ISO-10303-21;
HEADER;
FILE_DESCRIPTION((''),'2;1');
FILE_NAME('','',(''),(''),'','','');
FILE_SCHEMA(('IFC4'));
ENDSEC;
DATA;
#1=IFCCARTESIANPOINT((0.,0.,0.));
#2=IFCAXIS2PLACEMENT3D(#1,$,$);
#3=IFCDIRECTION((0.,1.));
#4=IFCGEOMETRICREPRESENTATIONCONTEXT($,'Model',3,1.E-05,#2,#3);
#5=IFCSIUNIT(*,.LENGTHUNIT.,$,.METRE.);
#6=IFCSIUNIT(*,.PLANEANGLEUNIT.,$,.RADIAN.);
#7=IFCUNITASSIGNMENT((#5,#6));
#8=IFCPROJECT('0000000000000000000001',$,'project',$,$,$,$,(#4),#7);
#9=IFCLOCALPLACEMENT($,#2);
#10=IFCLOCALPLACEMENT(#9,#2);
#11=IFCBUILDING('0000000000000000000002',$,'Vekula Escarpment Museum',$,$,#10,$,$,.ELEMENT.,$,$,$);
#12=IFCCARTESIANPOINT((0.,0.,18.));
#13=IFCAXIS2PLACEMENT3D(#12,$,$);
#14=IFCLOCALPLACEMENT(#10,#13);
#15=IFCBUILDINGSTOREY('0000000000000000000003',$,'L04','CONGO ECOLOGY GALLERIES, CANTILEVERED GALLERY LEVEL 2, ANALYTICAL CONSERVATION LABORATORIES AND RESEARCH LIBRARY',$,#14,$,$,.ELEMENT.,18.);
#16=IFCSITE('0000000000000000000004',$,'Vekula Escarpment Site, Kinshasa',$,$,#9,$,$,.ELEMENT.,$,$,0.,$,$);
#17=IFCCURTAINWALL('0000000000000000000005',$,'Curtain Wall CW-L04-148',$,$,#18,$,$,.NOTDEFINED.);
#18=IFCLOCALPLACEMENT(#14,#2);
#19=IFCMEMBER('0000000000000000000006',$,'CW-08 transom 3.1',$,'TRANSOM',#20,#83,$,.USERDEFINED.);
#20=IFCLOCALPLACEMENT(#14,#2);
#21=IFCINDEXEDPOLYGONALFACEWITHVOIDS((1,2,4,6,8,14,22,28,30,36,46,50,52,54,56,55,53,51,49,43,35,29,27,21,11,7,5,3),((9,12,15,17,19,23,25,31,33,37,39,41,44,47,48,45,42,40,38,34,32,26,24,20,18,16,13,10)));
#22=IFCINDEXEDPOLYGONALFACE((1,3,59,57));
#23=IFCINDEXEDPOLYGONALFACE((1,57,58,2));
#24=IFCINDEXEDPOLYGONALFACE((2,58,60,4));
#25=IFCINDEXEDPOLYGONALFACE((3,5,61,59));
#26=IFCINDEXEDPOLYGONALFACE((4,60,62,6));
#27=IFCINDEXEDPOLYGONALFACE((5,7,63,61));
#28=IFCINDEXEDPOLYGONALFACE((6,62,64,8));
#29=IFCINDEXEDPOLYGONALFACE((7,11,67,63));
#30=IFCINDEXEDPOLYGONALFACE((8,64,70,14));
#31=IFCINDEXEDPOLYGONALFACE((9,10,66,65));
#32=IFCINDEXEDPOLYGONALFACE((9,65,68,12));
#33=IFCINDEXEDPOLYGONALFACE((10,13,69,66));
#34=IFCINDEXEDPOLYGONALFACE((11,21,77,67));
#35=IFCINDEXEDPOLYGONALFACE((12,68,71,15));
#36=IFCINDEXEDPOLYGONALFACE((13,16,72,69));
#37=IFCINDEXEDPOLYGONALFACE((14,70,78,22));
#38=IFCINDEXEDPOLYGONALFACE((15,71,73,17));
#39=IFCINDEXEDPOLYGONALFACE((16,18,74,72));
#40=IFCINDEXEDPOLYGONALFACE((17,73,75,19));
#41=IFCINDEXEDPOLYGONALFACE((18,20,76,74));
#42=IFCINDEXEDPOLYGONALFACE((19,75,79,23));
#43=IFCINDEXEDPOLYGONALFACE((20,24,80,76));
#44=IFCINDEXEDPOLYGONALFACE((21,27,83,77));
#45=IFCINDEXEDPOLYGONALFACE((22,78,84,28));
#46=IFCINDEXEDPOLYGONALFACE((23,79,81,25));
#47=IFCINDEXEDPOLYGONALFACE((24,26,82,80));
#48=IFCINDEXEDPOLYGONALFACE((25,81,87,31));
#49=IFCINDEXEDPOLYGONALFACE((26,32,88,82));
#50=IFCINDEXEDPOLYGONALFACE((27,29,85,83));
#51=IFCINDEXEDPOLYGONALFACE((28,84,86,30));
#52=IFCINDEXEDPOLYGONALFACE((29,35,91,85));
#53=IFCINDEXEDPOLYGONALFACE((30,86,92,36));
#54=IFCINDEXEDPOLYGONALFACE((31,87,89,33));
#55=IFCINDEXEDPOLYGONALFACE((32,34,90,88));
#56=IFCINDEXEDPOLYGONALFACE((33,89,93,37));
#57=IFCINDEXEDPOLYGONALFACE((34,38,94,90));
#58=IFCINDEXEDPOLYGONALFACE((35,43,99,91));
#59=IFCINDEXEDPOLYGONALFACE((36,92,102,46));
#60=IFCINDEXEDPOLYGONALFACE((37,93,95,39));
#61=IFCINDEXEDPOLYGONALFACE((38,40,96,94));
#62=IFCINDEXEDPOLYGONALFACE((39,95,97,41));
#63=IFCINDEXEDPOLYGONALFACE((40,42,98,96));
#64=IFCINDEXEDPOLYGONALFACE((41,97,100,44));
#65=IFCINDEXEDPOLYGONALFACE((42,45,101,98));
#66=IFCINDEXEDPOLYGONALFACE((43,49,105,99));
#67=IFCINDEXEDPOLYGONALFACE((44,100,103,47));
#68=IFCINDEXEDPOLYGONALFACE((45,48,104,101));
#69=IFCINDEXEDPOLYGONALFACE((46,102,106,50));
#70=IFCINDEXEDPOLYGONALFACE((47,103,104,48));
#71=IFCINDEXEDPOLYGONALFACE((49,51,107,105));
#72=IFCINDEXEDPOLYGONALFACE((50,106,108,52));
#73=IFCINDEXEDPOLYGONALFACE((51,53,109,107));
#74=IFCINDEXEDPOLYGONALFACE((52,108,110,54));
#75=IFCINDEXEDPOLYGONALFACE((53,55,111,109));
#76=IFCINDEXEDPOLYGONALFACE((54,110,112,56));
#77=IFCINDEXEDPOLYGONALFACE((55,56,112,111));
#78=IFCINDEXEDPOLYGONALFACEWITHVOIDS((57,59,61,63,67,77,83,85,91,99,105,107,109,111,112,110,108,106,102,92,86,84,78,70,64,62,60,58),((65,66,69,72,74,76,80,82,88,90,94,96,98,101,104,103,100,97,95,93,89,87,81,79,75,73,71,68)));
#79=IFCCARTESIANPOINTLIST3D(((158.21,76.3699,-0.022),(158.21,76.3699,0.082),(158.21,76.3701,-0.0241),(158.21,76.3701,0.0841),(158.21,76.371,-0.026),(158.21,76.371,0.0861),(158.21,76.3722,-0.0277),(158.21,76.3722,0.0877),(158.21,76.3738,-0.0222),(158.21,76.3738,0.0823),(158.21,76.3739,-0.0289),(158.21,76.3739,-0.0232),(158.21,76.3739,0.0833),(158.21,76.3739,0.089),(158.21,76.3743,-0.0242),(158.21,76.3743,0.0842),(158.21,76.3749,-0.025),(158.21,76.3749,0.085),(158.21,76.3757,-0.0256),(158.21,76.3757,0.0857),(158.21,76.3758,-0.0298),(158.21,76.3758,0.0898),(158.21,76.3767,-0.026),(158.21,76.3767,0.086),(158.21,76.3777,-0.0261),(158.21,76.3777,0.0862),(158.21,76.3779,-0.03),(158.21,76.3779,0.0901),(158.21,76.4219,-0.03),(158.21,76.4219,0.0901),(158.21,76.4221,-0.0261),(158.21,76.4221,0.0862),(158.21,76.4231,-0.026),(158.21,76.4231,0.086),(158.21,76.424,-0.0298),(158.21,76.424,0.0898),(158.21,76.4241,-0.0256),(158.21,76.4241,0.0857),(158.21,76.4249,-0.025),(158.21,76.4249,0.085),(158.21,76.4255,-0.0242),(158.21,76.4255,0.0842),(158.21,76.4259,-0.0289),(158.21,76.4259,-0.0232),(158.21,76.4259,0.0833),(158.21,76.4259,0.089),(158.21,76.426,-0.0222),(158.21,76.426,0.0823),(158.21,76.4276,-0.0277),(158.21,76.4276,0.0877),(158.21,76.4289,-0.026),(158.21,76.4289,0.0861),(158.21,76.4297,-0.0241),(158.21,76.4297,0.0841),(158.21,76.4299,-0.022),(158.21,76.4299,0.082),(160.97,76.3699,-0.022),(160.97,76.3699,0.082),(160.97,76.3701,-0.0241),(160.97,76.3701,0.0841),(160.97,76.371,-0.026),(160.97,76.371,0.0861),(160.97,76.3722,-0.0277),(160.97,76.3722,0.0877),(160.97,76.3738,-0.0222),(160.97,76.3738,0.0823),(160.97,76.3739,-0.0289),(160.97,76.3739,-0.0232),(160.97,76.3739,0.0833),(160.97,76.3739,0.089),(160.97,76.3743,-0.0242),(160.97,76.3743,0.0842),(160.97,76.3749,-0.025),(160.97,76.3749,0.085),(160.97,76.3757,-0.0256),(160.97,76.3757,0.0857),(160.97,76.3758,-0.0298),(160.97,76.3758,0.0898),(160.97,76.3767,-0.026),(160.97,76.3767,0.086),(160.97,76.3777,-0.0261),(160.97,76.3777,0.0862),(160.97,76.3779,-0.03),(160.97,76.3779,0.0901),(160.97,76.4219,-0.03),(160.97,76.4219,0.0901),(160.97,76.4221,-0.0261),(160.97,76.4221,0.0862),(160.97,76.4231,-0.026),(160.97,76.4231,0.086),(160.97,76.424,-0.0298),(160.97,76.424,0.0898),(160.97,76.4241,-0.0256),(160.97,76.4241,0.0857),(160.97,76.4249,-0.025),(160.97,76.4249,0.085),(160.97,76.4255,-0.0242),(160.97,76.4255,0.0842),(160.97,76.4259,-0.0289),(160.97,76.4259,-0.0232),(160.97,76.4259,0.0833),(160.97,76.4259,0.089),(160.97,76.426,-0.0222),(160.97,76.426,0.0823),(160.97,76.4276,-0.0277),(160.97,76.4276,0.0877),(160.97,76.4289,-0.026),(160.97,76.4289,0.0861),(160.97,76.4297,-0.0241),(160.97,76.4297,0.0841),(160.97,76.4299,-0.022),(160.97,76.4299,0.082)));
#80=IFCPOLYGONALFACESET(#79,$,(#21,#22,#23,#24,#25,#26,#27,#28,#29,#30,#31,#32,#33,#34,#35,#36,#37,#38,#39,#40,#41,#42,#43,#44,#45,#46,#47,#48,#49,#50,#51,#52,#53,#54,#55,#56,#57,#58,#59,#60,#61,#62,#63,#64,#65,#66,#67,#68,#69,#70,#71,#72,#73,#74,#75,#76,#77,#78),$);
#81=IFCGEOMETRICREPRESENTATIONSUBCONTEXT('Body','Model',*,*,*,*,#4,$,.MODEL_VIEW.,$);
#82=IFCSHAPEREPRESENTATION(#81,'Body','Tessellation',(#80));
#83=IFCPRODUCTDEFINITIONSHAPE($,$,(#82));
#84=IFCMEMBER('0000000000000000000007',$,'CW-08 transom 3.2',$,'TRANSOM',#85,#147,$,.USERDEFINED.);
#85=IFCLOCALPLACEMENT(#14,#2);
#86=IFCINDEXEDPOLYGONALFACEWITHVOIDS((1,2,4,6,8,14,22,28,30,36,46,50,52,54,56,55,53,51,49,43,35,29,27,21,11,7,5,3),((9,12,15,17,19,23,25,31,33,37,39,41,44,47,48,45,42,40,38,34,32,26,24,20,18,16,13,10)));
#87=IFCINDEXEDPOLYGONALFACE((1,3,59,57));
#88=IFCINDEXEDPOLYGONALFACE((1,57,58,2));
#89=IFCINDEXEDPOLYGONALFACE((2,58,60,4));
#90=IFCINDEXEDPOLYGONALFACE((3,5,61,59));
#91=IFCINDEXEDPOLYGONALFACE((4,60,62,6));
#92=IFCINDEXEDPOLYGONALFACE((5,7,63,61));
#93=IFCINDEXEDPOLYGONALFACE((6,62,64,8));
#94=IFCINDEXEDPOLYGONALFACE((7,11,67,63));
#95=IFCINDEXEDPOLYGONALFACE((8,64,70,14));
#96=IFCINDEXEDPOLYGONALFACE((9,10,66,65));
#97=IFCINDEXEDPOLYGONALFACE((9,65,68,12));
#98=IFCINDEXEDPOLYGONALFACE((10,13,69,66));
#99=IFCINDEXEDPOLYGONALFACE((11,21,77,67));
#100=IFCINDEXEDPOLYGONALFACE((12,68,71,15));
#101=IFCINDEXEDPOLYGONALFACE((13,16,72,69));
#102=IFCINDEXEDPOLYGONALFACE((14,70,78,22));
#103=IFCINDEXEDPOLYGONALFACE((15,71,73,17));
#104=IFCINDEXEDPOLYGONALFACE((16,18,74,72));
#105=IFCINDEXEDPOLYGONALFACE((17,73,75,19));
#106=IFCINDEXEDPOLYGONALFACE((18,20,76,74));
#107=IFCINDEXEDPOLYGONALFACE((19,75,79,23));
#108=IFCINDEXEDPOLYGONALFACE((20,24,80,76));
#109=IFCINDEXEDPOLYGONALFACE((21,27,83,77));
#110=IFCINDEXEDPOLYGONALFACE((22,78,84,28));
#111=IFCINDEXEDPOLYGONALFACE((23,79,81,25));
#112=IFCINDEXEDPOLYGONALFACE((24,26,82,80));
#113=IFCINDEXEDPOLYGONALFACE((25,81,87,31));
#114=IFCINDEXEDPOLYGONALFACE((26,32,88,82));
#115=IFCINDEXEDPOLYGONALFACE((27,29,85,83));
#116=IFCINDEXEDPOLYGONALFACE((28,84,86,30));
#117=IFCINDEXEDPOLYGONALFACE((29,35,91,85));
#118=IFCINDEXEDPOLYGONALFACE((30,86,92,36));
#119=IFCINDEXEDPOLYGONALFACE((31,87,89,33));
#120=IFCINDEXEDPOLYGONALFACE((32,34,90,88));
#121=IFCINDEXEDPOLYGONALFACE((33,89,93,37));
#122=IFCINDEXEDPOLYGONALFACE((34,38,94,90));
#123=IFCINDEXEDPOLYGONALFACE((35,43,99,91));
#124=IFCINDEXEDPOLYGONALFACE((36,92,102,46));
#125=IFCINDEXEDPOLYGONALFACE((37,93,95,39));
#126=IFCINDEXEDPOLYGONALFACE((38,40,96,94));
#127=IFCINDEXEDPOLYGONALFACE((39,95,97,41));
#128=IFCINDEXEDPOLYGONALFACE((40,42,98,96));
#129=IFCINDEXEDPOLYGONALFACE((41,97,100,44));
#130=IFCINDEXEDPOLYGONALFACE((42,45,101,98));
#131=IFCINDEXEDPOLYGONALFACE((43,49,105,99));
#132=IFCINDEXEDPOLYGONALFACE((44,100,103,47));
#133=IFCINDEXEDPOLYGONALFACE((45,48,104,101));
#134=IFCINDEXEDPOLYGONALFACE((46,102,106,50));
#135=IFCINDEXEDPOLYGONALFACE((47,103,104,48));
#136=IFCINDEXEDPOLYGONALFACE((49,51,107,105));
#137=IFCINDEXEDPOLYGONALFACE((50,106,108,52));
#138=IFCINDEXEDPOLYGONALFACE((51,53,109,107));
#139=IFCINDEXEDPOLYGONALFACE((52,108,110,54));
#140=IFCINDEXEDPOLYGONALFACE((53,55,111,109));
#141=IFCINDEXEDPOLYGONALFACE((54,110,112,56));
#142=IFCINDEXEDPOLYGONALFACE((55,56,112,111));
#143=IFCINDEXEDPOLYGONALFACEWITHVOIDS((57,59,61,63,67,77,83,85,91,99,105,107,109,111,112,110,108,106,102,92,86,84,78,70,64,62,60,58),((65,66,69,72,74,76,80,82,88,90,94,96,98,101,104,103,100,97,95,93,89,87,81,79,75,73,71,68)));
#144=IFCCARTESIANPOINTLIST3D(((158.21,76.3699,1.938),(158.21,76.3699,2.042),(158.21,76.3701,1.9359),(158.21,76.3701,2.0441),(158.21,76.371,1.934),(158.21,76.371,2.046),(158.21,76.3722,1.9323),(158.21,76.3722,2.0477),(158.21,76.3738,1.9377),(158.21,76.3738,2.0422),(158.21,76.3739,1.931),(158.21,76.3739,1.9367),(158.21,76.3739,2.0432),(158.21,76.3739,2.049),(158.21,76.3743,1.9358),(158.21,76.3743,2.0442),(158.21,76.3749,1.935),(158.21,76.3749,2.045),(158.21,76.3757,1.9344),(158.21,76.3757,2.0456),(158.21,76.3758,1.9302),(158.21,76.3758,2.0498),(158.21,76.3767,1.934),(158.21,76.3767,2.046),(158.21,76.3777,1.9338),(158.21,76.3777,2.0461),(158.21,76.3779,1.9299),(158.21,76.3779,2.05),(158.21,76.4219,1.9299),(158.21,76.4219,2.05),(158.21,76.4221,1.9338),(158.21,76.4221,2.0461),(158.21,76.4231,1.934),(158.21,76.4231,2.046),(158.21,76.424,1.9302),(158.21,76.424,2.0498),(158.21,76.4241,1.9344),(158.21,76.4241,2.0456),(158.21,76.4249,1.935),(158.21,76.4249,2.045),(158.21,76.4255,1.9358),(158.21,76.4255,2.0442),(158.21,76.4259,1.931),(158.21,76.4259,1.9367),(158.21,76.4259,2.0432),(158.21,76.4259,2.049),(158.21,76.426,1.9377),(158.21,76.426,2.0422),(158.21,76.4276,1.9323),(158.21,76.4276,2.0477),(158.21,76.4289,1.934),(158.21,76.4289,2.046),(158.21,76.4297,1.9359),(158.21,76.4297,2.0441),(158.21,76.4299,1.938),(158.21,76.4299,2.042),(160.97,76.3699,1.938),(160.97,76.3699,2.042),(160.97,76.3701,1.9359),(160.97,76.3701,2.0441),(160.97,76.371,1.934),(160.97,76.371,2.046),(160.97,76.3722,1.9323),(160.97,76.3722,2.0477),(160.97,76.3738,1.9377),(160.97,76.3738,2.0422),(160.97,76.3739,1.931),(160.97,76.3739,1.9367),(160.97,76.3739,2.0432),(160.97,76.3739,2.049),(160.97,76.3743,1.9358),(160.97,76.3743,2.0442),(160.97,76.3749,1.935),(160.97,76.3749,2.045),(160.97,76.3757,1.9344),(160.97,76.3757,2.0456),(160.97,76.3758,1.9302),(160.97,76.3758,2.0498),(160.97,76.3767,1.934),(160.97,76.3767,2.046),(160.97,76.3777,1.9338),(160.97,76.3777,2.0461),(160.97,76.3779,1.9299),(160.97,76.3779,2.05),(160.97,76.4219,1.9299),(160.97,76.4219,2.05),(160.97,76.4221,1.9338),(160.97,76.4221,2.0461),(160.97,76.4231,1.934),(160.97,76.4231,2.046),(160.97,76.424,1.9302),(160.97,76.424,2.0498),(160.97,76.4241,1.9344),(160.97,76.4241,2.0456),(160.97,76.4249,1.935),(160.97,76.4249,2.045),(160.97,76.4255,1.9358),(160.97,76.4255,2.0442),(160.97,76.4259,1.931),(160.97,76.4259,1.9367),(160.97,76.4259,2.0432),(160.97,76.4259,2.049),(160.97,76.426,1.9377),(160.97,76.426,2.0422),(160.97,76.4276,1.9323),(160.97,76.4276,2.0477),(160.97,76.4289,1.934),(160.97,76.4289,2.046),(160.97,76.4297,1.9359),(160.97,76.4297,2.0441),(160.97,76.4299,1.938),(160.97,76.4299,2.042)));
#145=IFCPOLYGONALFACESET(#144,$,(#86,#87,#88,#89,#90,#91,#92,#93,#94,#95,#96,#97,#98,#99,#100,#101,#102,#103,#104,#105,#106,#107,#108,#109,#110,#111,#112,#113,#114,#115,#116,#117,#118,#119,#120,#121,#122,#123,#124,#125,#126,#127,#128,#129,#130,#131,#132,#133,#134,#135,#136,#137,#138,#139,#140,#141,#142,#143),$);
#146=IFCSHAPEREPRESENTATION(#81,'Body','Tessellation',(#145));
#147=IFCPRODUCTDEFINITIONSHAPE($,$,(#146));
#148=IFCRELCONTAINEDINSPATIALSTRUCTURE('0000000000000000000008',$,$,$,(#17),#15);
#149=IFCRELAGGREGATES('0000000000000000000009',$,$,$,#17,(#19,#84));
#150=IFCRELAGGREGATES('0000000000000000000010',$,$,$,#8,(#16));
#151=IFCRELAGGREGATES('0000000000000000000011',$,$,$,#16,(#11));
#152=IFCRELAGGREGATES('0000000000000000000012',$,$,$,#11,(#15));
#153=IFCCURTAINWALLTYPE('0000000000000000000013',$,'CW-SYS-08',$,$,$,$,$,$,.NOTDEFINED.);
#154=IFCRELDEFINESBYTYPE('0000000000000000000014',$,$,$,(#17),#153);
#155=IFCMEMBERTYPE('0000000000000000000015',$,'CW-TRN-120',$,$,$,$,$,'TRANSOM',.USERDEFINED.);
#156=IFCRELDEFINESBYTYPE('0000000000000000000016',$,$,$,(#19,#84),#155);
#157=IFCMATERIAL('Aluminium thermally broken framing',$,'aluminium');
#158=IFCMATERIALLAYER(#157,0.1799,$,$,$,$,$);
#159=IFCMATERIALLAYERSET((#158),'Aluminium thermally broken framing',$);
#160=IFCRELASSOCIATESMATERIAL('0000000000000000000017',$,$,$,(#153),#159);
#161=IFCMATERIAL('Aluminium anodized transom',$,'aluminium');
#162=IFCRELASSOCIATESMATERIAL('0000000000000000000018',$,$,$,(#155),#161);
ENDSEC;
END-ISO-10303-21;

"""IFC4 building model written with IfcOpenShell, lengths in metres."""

from ifc_helpers import new_model, si_unit, direction, frame, origin, origin_2d, place, context, subcontext, project, spatial, hollow_rectangle, extrude, material, layer, layer_set, material_profile, profile_set, type_object, element, aggregate, save


model = new_model("IFC4")

# Units and contexts
model_context = context("Model", 3, precision=1e-05, world=origin(), true_north=direction((0.0, 1.0)))
body_context = subcontext(model_context, "Body", "Model", "MODEL_VIEW")
ifc_project = project(units=[si_unit("LENGTHUNIT", "METRE"), si_unit("PLANEANGLEUNIT", "RADIAN")], contexts=[model_context])

# Site, building, storey
site_placement = place(None, origin())
site = spatial("IfcSite", under=ifc_project, at=site_placement, Name="Vekula Escarpment Site, Kinshasa", CompositionType="ELEMENT", RefElevation=0.0)
building_placement = place(site_placement, origin())
building = spatial("IfcBuilding", under=site, at=building_placement, Name="Vekula Escarpment Museum", CompositionType="ELEMENT")
storey_placement = place(building_placement, frame((0.0, 0.0, 18.0)))
storey = spatial("IfcBuildingStorey", under=building, at=storey_placement, Name="L04", Description="CONGO ECOLOGY GALLERIES, CANTILEVERED GALLERY LEVEL 2, ANALYTICAL CONSERVATION LABORATORIES AND RESEARCH LIBRARY", CompositionType="ELEMENT", Elevation=18.0)

# Curtain wall, members
ifc_material_1 = material(Name="Aluminium thermally broken framing", Category="aluminium")
ifc_layer_1 = layer(ifc_material_1, 0.1799)
ifc_layer_set_1 = layer_set([ifc_layer_1], Name="Aluminium thermally broken framing")
curtain_wall_type = type_object("IfcCurtainWallType", Name="CW-SYS-08", PredefinedType="NOTDEFINED", material=ifc_layer_set_1)
curtain_wall_placement = place(storey_placement, origin())
curtain_wall = element("IfcCurtainWall", 1, at=curtain_wall_placement, inside=storey, type_object=curtain_wall_type, Name="Curtain Wall CW-L04-148", PredefinedType="NOTDEFINED")
ifc_material_2 = material(Name="Aluminium anodized transom", Category="aluminium")
ifc_material_profile_1 = material_profile(ifc_material_2, hollow_rectangle(XDim=0.0601, YDim=0.1201, WallThickness=0.0039, InnerFilletRadius=0.0039, OuterFilletRadius=0.0081, at=origin_2d()), Name="ALU 120x60x4")
ifc_profile_set_1 = profile_set([ifc_material_profile_1], Name="Aluminium anodized transom")
member_type_1 = type_object("IfcMemberType", Name="CW-TRN-120", ElementType="TRANSOM", PredefinedType="USERDEFINED", material=ifc_profile_set_1)
member_1_placement = place(storey_placement, frame((160.97, 76.3999, 0.03), z_axis=(-1.0, 0.0, 0.0), x_axis=(0.0, -1.0, 0.0)))
member_1 = element("IfcMember", 2, at=member_1_placement, type_object=member_type_1, Name="CW-08 transom 3.1", ObjectType="TRANSOM", PredefinedType="USERDEFINED", context=body_context, shape_type="SweptSolid", body=[
    extrude(hollow_rectangle(XDim=0.0601, YDim=0.1201, WallThickness=0.0039, InnerFilletRadius=0.0039, OuterFilletRadius=0.0081, at=origin_2d()), origin(), (0.0, 0.0, 1.0), 2.76),
])
member_2_placement = place(storey_placement, frame((160.97, 76.3999, 1.99), z_axis=(-1.0, 0.0, 0.0), x_axis=(0.0, -1.0, 0.0)))
member_2 = element("IfcMember", 3, at=member_2_placement, type_object=member_type_1, Name="CW-08 transom 3.2", ObjectType="TRANSOM", PredefinedType="USERDEFINED", context=body_context, shape_type="SweptSolid", body=[
    extrude(hollow_rectangle(XDim=0.0601, YDim=0.1201, WallThickness=0.0039, InnerFilletRadius=0.0039, OuterFilletRadius=0.0081, at=origin_2d()), origin(), (0.0, 0.0, 1.0), 2.76),
])
aggregate(curtain_wall, [member_1, member_2])

save(model, "model.ifc")
